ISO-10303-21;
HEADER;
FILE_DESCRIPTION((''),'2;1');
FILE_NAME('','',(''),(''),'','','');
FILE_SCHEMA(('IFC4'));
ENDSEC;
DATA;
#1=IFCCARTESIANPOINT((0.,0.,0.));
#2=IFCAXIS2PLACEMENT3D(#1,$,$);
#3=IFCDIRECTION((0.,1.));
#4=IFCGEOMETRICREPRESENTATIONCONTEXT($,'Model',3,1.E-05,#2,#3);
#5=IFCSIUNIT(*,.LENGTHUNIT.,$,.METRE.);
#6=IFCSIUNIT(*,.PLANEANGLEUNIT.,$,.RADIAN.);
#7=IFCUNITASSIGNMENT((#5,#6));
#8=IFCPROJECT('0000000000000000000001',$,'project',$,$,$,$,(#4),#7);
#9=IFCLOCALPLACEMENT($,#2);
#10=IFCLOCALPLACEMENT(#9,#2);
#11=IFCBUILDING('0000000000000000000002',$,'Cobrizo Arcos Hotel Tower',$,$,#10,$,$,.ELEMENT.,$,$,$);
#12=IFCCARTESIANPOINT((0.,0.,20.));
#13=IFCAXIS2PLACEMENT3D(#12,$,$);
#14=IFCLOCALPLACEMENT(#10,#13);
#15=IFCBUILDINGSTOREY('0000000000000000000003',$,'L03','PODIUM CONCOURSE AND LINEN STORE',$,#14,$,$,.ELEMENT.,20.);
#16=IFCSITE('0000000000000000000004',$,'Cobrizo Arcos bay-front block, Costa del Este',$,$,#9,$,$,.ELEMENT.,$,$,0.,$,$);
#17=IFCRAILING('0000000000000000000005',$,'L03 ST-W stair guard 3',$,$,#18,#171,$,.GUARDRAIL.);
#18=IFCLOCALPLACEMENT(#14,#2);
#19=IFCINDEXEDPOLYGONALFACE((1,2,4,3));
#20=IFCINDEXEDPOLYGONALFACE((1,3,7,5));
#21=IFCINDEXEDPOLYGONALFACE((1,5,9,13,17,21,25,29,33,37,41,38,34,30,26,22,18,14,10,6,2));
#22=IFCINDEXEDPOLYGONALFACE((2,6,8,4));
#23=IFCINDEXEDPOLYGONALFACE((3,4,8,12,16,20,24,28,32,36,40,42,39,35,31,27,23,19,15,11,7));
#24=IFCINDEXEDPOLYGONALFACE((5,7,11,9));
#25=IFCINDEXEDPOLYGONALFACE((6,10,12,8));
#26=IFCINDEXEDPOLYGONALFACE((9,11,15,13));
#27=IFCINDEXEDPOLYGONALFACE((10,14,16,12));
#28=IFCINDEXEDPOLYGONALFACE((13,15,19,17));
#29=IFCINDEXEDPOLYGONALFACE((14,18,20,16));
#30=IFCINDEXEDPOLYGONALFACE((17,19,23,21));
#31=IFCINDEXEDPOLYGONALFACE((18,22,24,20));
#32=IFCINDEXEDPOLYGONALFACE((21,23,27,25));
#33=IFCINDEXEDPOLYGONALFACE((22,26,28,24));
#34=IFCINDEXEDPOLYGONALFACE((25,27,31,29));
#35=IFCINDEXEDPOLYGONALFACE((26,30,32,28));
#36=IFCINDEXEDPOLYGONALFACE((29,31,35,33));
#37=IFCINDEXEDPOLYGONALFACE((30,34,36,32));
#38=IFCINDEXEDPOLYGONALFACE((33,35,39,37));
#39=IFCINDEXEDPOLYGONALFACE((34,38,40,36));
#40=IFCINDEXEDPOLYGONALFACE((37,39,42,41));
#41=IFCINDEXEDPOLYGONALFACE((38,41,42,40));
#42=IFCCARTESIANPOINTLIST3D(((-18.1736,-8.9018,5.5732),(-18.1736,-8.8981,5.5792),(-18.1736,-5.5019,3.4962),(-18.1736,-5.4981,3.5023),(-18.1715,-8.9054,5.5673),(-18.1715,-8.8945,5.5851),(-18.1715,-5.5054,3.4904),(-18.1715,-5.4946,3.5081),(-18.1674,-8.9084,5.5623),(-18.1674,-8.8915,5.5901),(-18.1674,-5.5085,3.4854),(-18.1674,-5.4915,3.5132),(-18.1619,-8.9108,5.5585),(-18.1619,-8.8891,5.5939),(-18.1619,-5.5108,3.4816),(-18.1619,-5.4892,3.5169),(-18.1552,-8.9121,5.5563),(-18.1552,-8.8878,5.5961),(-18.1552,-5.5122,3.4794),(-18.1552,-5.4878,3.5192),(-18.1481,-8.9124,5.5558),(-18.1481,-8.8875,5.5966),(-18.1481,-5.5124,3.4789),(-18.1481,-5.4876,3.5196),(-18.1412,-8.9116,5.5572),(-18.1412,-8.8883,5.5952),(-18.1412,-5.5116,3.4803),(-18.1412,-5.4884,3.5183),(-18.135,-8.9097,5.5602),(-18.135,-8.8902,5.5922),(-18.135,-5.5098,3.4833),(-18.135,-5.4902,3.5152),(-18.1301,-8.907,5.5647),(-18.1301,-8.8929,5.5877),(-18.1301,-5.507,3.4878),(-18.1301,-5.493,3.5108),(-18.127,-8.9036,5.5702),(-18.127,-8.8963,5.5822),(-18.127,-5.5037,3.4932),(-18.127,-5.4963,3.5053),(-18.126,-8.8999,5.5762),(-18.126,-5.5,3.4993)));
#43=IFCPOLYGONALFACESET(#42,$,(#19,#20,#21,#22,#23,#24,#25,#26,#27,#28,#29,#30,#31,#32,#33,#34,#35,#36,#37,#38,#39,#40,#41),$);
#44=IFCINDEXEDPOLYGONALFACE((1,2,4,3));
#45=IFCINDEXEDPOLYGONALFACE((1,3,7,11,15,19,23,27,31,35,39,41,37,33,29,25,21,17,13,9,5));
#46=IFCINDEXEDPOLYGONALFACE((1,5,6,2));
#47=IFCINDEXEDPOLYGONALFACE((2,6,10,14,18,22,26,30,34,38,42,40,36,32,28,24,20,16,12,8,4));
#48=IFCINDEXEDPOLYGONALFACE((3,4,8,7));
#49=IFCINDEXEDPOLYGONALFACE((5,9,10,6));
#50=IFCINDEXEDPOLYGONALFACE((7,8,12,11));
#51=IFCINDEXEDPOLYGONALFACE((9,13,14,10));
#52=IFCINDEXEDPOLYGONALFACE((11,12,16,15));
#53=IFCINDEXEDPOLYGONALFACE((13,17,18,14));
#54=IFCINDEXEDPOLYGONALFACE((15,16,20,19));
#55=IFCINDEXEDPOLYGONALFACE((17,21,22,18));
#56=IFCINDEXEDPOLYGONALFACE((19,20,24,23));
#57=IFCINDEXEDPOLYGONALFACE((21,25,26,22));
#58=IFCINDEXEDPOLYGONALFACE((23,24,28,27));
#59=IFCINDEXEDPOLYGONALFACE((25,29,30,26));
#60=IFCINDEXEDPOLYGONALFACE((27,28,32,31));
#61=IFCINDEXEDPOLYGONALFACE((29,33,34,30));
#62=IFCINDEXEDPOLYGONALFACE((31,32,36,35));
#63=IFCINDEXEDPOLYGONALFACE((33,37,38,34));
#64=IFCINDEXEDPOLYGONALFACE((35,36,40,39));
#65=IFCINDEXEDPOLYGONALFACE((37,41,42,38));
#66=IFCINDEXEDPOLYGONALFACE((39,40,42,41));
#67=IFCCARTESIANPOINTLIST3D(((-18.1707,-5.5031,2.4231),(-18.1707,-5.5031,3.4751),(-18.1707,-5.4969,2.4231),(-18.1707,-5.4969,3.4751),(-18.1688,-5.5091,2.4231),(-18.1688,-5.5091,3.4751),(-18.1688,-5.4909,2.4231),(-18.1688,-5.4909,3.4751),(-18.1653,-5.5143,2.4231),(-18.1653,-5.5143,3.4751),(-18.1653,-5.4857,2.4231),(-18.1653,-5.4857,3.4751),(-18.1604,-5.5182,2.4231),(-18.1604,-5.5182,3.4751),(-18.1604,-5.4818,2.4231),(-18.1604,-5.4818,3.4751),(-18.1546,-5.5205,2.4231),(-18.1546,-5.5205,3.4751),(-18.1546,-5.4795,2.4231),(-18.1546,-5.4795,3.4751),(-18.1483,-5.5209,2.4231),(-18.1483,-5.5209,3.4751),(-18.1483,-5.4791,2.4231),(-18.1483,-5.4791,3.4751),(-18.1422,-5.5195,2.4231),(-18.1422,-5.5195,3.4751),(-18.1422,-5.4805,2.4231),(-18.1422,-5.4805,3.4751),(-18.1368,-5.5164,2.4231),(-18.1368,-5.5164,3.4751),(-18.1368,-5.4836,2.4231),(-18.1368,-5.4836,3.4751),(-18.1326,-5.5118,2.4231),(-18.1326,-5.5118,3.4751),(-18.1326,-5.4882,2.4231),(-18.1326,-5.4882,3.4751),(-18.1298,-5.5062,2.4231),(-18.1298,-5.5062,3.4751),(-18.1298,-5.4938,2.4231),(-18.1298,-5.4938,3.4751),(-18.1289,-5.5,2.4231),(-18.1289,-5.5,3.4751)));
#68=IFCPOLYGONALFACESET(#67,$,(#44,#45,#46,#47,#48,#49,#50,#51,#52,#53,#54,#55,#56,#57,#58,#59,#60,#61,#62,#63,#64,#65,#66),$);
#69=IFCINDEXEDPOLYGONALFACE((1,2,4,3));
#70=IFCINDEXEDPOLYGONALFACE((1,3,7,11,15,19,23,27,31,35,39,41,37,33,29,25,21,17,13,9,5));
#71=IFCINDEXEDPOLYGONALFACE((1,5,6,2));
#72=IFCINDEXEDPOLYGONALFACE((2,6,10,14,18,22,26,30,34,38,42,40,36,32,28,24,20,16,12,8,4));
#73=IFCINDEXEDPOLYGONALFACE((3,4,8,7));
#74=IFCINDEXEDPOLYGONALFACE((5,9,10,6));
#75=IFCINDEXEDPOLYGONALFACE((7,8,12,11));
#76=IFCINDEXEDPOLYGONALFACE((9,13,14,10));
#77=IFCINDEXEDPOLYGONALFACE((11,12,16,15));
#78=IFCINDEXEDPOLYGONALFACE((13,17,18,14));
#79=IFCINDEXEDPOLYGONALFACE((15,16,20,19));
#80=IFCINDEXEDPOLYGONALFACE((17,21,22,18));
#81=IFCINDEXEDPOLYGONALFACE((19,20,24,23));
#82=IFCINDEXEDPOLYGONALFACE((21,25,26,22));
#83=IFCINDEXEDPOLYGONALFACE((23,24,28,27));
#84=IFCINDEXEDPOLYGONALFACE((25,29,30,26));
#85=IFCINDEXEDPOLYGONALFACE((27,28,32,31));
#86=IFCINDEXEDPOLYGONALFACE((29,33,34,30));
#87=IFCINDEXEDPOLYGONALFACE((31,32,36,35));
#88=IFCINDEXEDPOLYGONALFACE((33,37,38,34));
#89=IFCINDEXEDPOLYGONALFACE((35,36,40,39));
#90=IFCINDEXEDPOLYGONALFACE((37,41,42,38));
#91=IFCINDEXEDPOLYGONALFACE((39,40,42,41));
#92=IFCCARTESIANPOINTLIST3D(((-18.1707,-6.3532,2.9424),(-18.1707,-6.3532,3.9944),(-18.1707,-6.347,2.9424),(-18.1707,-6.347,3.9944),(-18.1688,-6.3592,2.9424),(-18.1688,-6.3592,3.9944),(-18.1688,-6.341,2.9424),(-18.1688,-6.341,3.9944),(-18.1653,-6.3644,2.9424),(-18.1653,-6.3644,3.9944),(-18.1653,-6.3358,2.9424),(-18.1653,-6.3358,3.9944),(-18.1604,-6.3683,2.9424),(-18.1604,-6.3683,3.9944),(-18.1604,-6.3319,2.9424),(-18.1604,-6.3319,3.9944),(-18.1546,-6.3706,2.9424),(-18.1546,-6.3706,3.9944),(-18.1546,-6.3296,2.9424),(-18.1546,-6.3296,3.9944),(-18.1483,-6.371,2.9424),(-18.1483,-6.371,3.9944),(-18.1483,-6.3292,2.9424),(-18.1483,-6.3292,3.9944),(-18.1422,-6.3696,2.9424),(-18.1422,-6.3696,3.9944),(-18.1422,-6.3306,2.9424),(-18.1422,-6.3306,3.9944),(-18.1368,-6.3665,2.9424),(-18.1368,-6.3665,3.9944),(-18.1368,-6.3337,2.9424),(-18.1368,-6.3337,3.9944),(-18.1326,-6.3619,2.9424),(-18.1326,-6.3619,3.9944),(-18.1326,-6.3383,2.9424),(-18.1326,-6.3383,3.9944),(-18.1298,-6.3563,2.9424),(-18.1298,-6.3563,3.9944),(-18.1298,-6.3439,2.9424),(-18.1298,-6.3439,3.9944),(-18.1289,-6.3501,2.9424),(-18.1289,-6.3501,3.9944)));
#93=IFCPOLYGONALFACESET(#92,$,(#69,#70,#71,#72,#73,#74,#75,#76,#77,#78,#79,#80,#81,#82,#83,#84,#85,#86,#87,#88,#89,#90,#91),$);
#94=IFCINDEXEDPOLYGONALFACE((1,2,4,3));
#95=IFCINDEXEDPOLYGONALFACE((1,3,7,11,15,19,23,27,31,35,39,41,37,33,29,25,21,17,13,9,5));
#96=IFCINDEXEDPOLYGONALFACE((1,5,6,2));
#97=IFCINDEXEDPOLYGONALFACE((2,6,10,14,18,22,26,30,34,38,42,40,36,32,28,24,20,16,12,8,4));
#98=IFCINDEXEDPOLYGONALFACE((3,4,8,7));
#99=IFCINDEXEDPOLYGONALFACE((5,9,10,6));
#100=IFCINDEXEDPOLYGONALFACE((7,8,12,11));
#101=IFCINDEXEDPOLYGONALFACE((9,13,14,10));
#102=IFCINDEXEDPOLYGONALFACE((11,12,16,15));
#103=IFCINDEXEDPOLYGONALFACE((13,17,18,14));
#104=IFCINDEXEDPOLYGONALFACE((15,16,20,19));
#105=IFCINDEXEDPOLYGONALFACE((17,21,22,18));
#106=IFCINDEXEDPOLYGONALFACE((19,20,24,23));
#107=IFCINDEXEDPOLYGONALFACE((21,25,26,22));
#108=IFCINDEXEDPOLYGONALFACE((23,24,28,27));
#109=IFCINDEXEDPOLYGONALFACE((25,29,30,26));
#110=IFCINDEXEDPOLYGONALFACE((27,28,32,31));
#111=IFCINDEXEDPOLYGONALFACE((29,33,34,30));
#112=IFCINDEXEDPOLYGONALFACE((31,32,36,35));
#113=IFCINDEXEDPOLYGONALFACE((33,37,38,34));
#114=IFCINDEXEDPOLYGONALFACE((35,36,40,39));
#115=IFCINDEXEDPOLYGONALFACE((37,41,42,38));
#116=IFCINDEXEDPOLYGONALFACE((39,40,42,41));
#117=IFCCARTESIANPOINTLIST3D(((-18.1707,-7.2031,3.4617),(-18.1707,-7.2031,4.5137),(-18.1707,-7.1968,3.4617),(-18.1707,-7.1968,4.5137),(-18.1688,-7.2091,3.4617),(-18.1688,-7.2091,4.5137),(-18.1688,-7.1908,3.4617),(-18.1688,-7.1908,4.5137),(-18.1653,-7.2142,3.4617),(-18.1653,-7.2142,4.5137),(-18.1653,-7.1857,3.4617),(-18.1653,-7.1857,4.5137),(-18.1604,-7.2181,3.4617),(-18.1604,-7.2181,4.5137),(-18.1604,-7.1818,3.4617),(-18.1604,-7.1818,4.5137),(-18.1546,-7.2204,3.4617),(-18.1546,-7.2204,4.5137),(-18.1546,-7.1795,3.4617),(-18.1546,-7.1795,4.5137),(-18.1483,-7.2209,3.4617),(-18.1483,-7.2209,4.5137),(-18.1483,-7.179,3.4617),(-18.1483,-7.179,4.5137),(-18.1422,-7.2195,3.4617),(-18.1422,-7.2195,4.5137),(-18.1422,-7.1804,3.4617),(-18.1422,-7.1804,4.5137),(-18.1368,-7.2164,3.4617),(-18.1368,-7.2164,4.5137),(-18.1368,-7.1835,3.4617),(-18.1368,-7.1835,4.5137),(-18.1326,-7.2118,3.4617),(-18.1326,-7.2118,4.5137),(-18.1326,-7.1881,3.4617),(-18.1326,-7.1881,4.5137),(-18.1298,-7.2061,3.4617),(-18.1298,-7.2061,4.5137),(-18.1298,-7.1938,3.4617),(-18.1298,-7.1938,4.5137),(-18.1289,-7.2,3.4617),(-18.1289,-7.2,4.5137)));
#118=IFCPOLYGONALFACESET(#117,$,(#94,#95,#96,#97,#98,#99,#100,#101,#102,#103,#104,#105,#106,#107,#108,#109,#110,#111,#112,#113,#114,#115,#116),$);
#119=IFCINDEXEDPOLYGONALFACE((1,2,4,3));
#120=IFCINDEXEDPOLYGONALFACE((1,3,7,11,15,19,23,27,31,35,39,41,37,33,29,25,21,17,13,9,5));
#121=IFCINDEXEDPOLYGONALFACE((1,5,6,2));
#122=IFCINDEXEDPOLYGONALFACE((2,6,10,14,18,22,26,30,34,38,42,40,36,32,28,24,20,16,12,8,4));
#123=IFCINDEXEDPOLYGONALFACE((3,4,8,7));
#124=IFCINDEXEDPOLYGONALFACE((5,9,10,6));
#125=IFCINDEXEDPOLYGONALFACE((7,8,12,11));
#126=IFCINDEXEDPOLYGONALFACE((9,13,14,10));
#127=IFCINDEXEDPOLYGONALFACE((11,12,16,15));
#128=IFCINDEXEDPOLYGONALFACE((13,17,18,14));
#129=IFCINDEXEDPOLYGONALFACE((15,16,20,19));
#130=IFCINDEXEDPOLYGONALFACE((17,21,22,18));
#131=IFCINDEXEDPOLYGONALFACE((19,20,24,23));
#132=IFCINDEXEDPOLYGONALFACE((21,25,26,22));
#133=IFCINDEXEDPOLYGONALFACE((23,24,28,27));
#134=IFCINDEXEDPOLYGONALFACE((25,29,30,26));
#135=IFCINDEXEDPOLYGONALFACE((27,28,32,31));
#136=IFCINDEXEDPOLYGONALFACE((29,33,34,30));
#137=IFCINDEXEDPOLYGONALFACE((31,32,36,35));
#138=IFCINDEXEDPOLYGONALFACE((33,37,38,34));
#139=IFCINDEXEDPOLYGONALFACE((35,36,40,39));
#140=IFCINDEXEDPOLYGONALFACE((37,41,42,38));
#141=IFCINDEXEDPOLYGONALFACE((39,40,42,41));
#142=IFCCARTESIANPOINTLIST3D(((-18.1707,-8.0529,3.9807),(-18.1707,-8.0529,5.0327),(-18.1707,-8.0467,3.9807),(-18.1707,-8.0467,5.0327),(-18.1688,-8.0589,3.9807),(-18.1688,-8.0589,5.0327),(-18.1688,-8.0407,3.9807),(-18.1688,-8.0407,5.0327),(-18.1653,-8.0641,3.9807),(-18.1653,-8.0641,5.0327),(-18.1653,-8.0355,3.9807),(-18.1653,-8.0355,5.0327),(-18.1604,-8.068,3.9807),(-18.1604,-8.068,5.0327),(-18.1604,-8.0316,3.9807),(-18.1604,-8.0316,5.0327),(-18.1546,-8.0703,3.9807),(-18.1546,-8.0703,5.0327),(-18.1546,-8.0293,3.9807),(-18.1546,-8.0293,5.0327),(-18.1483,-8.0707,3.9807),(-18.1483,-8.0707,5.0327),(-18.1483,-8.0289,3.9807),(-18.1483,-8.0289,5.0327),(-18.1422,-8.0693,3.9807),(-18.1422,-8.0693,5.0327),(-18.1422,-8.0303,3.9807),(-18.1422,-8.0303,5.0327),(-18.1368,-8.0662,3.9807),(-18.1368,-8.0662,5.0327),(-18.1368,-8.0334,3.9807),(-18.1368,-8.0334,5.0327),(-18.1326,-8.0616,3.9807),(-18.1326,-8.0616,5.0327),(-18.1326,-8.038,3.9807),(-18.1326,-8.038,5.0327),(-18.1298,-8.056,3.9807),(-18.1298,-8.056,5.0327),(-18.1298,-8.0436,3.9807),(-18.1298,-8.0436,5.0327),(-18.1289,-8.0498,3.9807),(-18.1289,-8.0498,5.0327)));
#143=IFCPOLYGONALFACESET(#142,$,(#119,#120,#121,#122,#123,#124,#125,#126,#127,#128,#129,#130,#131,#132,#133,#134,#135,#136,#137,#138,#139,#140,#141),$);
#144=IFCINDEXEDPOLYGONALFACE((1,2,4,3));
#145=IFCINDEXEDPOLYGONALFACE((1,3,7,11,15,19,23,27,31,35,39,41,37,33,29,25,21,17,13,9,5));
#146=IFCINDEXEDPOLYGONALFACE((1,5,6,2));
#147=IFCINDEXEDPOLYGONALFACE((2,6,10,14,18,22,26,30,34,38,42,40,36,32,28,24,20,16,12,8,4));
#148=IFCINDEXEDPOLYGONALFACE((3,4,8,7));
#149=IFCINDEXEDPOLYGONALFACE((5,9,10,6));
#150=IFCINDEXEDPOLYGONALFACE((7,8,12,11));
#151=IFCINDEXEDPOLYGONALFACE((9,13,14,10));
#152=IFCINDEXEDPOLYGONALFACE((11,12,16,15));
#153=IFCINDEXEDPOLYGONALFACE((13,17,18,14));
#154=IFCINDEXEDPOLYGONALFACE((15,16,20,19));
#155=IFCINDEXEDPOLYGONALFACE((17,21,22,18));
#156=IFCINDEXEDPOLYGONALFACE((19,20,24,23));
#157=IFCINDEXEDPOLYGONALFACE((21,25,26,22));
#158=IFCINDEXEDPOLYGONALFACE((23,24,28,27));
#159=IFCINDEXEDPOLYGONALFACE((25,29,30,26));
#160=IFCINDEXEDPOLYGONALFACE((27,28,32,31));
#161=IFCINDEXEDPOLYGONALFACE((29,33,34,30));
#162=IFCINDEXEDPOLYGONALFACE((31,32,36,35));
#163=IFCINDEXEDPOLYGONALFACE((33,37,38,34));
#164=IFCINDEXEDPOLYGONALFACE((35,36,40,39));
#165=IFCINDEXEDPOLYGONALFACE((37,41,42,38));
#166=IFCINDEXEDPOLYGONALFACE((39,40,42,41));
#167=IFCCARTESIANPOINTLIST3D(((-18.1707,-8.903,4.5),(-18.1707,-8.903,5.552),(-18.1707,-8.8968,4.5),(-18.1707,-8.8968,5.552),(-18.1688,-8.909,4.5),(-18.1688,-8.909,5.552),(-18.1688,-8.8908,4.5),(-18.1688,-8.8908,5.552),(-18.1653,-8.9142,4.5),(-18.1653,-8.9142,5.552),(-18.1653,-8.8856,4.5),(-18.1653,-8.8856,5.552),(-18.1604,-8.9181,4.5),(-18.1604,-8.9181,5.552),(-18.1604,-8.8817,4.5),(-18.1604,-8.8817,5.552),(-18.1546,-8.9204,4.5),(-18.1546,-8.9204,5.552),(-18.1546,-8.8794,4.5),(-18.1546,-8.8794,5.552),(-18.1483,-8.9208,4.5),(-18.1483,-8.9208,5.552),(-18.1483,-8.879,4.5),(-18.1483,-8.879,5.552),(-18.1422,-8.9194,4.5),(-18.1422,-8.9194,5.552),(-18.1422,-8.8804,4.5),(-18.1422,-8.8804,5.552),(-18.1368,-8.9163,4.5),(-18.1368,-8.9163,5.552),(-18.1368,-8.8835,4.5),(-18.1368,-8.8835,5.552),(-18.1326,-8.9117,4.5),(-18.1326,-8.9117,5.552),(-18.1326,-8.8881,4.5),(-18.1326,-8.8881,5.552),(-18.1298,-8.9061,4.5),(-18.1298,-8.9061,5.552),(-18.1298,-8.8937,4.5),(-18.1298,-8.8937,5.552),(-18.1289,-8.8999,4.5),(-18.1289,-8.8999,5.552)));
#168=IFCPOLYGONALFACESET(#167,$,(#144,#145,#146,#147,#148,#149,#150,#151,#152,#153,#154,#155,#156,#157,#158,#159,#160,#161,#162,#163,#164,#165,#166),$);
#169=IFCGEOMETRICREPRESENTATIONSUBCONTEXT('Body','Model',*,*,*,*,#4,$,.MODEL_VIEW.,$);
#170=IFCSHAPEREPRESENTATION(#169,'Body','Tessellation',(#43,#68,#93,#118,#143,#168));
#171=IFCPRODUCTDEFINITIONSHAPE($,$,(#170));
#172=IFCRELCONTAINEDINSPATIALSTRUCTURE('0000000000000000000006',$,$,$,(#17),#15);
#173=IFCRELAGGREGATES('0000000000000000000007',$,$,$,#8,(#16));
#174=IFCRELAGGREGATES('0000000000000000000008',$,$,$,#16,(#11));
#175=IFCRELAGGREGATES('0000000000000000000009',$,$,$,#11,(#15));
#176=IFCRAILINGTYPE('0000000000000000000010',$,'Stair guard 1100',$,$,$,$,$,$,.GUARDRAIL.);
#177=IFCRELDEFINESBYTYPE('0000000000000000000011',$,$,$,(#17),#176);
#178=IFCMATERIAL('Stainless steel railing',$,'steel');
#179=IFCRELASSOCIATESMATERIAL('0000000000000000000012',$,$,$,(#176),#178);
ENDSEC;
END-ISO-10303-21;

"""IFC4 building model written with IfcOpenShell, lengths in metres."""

from ifc_helpers import new_model, si_unit, direction, frame, origin, origin_2d, place, context, subcontext, project, spatial, circle, extrude, material, type_object, element, save


model = new_model("IFC4")

# Units and contexts
model_context = context("Model", 3, precision=1e-05, world=origin(), true_north=direction((0.0, 1.0)))
body_context = subcontext(model_context, "Body", "Model", "MODEL_VIEW")
ifc_project = project(units=[si_unit("LENGTHUNIT", "METRE"), si_unit("PLANEANGLEUNIT", "RADIAN")], contexts=[model_context])

# Site, building, storey
site_placement = place(None, origin())
site = spatial("IfcSite", under=ifc_project, at=site_placement, Name="Cobrizo Arcos bay-front block, Costa del Este", CompositionType="ELEMENT", RefElevation=0.0)
building_placement = place(site_placement, origin())
building = spatial("IfcBuilding", under=site, at=building_placement, Name="Cobrizo Arcos Hotel Tower", CompositionType="ELEMENT")
storey_placement = place(building_placement, frame((0.0, 0.0, 20.0)))
storey = spatial("IfcBuildingStorey", under=building, at=storey_placement, Name="L03", Description="PODIUM CONCOURSE AND LINEN STORE", CompositionType="ELEMENT", Elevation=20.0)

# Railing
ifc_material_1 = material(Name="Stainless steel railing", Category="steel")
railing_type_1 = type_object("IfcRailingType", Name="Stair guard 1100", PredefinedType="GUARDRAIL", material=ifc_material_1)
railing_1_placement = place(storey_placement, frame((-18.1499, -5.5, 2.4231)))
element("IfcRailing", 1, at=railing_1_placement, inside=storey, type_object=railing_type_1, Name="L03 ST-W stair guard 3", PredefinedType="GUARDRAIL", context=body_context, shape_type="SweptSolid", body=[
    extrude(circle(Radius=0.0239, at=origin_2d()), frame((0.0, 0.0, 1.0762), z_axis=(0.0, -0.853373, 0.521301), x_axis=(1.0, 0.0, 0.0)), (0.0, 0.0, 1.0), 3.9841),
    extrude(circle(Radius=0.021, at=origin_2d()), origin(), (0.0, 0.0, 1.0), 1.052),
    extrude(circle(Radius=0.021, at=origin_2d()), frame((0.0, -0.8501, 0.5193)), (0.0, 0.0, 1.0), 1.052),
    extrude(circle(Radius=0.021, at=origin_2d()), frame((0.0, -1.7, 1.0386)), (0.0, 0.0, 1.0), 1.052),
    extrude(circle(Radius=0.021, at=origin_2d()), frame((0.0, -2.5498, 1.5576)), (0.0, 0.0, 1.0), 1.052),
    extrude(circle(Radius=0.021, at=origin_2d()), frame((0.0, -3.3999, 2.0769)), (0.0, 0.0, 1.0), 1.052),
])

save(model, "model.ifc")
